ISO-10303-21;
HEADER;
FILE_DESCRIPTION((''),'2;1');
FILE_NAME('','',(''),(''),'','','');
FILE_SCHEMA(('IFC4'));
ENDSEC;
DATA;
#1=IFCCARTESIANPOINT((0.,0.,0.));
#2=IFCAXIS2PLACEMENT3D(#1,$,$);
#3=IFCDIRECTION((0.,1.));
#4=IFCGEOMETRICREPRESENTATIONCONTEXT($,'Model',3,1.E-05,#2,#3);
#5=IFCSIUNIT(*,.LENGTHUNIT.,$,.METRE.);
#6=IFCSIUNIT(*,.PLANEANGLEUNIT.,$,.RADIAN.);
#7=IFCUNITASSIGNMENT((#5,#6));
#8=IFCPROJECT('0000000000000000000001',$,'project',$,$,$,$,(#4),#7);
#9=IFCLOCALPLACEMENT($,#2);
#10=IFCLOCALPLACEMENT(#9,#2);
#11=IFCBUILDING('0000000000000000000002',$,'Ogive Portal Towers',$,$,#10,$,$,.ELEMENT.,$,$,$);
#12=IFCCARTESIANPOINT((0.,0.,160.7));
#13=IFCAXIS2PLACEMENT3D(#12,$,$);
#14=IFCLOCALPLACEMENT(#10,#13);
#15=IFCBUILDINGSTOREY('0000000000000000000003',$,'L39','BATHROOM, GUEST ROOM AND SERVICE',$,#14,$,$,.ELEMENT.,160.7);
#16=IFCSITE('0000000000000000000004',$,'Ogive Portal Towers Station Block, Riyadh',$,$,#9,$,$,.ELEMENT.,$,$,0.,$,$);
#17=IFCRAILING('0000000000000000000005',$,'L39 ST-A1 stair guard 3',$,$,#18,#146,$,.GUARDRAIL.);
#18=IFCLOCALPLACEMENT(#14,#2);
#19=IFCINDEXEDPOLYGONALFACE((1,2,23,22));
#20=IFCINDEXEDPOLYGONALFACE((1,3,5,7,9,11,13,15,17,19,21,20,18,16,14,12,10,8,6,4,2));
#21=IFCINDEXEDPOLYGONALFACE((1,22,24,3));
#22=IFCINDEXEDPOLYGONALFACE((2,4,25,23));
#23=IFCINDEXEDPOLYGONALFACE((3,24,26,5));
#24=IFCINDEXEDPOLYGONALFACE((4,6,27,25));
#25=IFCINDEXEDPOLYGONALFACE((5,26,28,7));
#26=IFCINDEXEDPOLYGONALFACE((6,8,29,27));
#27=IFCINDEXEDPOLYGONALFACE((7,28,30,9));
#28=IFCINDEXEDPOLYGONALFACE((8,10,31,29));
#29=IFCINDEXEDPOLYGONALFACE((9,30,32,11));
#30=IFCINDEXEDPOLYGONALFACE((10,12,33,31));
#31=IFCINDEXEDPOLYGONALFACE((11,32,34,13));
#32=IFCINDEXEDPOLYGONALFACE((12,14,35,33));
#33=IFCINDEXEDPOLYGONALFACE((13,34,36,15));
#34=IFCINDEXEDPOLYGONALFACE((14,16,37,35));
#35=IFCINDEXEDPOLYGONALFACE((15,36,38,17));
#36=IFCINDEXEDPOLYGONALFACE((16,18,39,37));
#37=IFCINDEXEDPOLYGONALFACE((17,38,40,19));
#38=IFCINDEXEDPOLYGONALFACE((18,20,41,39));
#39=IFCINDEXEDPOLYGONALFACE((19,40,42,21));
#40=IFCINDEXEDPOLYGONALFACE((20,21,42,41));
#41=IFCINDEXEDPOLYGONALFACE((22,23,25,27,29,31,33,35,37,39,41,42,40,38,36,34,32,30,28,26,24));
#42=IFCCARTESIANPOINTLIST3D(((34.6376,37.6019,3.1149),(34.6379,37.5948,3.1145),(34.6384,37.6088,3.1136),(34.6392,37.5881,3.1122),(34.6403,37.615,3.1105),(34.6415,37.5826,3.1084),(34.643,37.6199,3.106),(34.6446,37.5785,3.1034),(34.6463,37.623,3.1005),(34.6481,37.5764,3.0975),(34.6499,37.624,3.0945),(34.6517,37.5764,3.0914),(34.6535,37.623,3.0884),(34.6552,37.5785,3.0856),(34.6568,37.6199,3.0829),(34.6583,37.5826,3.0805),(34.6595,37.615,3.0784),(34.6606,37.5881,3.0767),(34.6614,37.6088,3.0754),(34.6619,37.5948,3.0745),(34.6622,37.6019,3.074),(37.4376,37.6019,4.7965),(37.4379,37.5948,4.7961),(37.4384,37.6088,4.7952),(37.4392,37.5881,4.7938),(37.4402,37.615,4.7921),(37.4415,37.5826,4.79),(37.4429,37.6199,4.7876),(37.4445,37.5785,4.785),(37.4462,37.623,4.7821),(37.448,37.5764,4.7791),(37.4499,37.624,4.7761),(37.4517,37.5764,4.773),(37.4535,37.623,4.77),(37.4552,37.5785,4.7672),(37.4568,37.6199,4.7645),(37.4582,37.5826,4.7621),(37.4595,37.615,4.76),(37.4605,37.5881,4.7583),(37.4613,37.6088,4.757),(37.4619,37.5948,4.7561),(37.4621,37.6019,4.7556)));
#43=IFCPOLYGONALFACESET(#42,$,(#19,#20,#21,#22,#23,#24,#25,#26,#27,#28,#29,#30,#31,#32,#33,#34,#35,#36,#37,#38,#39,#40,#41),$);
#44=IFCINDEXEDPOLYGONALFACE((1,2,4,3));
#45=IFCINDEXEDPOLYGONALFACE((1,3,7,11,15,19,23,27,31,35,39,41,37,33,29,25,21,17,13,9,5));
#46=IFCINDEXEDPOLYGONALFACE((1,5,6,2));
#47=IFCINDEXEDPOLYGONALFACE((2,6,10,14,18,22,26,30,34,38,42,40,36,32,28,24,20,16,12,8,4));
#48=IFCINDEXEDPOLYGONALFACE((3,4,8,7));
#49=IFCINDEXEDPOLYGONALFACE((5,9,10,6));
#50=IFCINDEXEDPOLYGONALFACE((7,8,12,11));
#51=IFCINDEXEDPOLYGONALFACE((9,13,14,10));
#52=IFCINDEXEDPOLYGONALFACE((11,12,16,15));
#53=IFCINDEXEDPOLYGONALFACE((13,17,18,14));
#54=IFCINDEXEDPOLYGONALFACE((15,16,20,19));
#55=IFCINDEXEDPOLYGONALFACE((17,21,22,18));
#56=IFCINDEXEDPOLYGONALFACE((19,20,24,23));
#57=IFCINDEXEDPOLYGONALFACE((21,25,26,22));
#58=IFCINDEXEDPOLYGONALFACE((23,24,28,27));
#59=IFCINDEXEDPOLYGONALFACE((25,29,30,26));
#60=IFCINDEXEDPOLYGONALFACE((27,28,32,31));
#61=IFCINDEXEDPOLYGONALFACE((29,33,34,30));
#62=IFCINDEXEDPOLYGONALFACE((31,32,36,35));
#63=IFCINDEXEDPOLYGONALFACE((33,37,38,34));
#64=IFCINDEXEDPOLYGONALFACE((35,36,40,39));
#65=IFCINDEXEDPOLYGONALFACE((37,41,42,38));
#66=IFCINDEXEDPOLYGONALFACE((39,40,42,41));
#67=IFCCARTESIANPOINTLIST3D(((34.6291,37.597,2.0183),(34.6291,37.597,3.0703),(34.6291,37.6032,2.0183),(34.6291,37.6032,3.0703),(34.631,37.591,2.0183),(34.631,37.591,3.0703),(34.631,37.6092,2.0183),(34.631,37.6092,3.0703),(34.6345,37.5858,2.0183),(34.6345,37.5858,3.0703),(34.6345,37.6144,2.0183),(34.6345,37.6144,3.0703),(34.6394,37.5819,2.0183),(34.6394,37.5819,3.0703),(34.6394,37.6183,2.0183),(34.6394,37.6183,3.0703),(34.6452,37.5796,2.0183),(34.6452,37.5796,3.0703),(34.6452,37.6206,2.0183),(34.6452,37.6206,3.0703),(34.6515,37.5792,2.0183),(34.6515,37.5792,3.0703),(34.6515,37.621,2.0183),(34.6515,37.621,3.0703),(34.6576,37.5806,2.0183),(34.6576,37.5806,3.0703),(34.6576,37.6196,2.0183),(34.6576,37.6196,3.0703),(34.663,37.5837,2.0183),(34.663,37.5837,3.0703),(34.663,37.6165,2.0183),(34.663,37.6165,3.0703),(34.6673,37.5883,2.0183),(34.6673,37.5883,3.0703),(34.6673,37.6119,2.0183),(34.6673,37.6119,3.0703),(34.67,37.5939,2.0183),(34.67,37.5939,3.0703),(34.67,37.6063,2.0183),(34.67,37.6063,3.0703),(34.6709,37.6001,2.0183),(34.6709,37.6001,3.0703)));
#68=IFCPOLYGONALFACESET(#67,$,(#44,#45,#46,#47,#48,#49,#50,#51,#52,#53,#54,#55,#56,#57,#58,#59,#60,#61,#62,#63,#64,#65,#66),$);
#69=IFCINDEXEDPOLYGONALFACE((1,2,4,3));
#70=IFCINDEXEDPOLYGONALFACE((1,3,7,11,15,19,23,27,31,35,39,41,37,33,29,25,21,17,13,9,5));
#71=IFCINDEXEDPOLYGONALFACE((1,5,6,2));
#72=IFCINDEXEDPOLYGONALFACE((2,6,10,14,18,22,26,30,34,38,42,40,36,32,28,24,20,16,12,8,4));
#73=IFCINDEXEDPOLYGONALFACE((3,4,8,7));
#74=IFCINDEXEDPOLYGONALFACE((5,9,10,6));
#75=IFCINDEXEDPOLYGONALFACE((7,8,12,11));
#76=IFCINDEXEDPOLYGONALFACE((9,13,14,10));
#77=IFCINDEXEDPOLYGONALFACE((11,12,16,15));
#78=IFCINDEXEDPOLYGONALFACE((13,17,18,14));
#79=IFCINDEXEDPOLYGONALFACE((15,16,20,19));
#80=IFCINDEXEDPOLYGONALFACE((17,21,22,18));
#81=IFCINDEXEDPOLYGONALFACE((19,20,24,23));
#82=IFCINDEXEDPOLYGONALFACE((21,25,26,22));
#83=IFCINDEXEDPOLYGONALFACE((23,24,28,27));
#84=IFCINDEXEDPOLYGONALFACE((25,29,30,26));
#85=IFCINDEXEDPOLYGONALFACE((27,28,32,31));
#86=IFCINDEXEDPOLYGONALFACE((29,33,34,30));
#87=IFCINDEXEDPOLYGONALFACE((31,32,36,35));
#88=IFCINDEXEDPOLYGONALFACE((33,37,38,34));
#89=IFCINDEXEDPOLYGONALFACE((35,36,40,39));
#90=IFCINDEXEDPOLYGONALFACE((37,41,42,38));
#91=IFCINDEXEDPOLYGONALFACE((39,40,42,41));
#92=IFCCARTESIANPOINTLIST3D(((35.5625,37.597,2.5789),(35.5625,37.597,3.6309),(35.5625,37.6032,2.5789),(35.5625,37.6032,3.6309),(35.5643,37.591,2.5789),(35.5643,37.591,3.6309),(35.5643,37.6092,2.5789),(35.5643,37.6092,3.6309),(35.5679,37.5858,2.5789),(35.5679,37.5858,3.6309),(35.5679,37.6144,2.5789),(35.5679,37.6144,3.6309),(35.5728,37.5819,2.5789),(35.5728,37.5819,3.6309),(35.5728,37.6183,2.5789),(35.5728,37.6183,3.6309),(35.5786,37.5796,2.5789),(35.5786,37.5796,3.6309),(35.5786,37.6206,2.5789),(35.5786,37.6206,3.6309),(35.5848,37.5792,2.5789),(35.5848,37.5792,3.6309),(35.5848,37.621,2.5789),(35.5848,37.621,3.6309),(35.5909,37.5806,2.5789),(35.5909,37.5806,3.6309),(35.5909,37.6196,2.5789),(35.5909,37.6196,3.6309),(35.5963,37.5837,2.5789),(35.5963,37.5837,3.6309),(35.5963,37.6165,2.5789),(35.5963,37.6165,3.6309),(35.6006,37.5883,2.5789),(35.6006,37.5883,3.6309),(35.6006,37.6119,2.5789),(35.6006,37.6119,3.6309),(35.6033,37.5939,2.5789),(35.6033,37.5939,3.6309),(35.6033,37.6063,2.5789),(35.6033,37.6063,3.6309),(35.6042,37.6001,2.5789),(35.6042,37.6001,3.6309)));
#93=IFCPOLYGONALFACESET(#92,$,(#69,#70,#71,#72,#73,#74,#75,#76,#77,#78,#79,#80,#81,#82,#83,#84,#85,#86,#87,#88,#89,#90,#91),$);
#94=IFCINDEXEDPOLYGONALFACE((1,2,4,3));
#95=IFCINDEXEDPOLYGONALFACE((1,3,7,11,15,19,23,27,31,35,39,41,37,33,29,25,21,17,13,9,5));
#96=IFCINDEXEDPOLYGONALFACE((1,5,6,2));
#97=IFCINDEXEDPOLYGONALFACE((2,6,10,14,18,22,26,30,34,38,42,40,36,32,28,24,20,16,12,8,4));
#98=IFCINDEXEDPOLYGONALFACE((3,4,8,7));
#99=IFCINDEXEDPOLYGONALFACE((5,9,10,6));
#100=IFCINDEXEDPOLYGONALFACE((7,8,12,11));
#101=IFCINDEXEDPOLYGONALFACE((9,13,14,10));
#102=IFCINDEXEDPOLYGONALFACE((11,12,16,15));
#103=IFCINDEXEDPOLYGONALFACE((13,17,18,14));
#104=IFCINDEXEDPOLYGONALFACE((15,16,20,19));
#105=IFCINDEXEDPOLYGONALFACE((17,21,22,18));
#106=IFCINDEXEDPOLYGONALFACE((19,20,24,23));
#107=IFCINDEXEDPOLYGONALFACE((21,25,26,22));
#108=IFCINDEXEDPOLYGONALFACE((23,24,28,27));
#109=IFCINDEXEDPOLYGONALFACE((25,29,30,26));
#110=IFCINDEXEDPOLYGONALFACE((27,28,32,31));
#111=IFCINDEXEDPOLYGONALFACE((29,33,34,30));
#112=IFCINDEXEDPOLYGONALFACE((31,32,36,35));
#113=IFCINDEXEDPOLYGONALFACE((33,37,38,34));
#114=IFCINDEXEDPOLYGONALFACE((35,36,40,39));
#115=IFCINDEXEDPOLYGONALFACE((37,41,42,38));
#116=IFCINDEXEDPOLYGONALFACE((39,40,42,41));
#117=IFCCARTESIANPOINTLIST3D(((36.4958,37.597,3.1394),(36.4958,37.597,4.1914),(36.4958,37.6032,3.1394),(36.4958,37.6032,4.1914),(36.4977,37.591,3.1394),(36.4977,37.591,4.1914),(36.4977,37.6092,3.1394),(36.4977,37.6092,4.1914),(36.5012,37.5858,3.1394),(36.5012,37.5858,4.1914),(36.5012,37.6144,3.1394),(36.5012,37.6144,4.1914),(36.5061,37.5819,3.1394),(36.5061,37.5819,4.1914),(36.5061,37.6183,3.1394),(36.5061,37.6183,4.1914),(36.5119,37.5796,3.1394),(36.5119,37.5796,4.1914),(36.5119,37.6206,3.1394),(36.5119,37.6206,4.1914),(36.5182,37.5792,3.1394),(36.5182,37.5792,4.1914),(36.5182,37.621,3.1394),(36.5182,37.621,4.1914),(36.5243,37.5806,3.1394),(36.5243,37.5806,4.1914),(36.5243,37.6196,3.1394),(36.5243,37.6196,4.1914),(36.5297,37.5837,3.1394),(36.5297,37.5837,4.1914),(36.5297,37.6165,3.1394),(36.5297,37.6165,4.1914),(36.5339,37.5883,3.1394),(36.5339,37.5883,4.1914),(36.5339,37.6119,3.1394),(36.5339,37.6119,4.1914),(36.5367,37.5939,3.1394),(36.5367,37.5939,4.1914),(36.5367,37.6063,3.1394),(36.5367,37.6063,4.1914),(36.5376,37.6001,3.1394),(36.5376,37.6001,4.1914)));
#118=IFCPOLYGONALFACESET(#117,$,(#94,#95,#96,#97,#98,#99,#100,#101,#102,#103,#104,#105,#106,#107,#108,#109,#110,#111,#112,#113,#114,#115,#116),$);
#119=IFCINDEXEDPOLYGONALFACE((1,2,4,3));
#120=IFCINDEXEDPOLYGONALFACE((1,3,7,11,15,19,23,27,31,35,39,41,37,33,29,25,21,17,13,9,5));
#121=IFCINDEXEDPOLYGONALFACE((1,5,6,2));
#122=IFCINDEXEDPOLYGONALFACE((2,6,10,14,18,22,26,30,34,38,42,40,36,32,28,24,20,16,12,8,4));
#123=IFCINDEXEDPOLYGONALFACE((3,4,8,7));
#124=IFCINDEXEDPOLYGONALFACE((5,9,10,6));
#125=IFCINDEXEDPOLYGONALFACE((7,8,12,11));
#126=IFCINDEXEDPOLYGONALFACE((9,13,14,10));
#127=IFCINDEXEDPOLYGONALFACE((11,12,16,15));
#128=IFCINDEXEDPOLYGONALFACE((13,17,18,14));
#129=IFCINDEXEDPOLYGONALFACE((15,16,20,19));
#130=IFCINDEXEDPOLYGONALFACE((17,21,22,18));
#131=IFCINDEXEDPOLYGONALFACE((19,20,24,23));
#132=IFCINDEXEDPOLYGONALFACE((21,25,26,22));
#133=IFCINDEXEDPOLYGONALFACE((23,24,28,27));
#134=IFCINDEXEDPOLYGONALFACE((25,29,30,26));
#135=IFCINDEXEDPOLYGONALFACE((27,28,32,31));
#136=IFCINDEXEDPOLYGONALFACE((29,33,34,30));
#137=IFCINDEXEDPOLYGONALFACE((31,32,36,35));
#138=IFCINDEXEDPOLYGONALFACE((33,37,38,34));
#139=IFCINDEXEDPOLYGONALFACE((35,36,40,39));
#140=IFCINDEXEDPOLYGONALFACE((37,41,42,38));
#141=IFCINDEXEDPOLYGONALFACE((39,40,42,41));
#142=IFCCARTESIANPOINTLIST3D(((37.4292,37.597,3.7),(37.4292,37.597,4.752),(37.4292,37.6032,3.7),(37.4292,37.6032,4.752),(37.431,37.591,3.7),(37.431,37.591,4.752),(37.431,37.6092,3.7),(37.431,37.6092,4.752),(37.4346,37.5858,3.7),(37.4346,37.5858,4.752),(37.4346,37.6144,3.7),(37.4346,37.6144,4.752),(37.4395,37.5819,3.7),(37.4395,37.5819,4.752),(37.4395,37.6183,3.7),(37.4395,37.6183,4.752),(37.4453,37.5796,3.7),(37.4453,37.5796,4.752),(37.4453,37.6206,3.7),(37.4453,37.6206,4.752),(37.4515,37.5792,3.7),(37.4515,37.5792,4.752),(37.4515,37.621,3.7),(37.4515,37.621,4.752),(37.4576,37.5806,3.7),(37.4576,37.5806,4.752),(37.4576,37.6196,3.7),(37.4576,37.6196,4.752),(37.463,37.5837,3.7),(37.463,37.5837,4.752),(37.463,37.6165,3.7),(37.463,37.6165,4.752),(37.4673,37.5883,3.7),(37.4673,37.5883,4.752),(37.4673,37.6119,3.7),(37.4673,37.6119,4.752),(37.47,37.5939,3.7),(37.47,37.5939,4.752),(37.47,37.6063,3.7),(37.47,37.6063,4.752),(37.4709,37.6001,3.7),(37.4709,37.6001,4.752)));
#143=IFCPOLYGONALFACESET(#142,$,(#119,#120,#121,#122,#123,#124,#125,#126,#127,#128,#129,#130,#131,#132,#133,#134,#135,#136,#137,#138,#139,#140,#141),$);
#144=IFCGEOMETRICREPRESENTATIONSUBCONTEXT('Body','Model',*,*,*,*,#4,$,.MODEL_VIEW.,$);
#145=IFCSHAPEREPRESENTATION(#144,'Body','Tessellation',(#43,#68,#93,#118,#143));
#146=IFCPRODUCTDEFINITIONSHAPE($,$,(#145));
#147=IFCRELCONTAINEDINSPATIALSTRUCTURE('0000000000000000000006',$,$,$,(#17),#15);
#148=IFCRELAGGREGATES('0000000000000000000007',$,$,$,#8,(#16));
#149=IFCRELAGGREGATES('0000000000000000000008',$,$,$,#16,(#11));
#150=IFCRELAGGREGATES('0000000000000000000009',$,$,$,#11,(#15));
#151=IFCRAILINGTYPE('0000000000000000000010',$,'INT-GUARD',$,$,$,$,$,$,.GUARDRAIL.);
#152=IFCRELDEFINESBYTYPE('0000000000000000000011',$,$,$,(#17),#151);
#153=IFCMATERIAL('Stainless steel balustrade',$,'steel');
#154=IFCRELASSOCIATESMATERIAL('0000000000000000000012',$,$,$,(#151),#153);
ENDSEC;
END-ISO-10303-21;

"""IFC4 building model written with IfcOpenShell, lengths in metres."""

from ifc_helpers import new_model, si_unit, direction, frame, origin, origin_2d, place, context, subcontext, project, spatial, circle, extrude, material, type_object, element, save


model = new_model("IFC4")

# Units and contexts
model_context = context("Model", 3, precision=1e-05, world=origin(), true_north=direction((0.0, 1.0)))
body_context = subcontext(model_context, "Body", "Model", "MODEL_VIEW")
ifc_project = project(units=[si_unit("LENGTHUNIT", "METRE"), si_unit("PLANEANGLEUNIT", "RADIAN")], contexts=[model_context])

# Site, building, storey
site_placement = place(None, origin())
site = spatial("IfcSite", under=ifc_project, at=site_placement, Name="Ogive Portal Towers Station Block, Riyadh", CompositionType="ELEMENT", RefElevation=0.0)
building_placement = place(site_placement, origin())
building = spatial("IfcBuilding", under=site, at=building_placement, Name="Ogive Portal Towers", CompositionType="ELEMENT")
storey_placement = place(building_placement, frame((0.0, 0.0, 160.7)))
storey = spatial("IfcBuildingStorey", under=building, at=storey_placement, Name="L39", Description="BATHROOM, GUEST ROOM AND SERVICE", CompositionType="ELEMENT", Elevation=160.7)

# Railing
ifc_material_1 = material(Name="Stainless steel balustrade", Category="steel")
railing_type_1 = type_object("IfcRailingType", Name="INT-GUARD", PredefinedType="GUARDRAIL", material=ifc_material_1)
railing_1_placement = place(storey_placement, frame((34.6499, 37.6001, 2.0183)))
element("IfcRailing", 1, at=railing_1_placement, inside=storey, type_object=railing_type_1, Name="L39 ST-A1 stair guard 3", PredefinedType="GUARDRAIL", context=body_context, shape_type="SweptSolid", body=[
    extrude(circle(Radius=0.0239, at=origin_2d()), frame((0.0, 0.0, 1.0762), z_axis=(0.857275, 0.0, 0.514858), x_axis=(0.0, 1.0, 0.0)), (0.0, 0.0, 1.0), 3.2661),
    extrude(circle(Radius=0.021, at=origin_2d()), origin(), (0.0, 0.0, 1.0), 1.052),
    extrude(circle(Radius=0.021, at=origin_2d()), frame((0.9333, 0.0, 0.5605)), (0.0, 0.0, 1.0), 1.052),
    extrude(circle(Radius=0.021, at=origin_2d()), frame((1.8667, 0.0, 1.1211)), (0.0, 0.0, 1.0), 1.052),
    extrude(circle(Radius=0.021, at=origin_2d()), frame((2.8, 0.0, 1.6816)), (0.0, 0.0, 1.0), 1.052),
])

save(model, "model.ifc")
